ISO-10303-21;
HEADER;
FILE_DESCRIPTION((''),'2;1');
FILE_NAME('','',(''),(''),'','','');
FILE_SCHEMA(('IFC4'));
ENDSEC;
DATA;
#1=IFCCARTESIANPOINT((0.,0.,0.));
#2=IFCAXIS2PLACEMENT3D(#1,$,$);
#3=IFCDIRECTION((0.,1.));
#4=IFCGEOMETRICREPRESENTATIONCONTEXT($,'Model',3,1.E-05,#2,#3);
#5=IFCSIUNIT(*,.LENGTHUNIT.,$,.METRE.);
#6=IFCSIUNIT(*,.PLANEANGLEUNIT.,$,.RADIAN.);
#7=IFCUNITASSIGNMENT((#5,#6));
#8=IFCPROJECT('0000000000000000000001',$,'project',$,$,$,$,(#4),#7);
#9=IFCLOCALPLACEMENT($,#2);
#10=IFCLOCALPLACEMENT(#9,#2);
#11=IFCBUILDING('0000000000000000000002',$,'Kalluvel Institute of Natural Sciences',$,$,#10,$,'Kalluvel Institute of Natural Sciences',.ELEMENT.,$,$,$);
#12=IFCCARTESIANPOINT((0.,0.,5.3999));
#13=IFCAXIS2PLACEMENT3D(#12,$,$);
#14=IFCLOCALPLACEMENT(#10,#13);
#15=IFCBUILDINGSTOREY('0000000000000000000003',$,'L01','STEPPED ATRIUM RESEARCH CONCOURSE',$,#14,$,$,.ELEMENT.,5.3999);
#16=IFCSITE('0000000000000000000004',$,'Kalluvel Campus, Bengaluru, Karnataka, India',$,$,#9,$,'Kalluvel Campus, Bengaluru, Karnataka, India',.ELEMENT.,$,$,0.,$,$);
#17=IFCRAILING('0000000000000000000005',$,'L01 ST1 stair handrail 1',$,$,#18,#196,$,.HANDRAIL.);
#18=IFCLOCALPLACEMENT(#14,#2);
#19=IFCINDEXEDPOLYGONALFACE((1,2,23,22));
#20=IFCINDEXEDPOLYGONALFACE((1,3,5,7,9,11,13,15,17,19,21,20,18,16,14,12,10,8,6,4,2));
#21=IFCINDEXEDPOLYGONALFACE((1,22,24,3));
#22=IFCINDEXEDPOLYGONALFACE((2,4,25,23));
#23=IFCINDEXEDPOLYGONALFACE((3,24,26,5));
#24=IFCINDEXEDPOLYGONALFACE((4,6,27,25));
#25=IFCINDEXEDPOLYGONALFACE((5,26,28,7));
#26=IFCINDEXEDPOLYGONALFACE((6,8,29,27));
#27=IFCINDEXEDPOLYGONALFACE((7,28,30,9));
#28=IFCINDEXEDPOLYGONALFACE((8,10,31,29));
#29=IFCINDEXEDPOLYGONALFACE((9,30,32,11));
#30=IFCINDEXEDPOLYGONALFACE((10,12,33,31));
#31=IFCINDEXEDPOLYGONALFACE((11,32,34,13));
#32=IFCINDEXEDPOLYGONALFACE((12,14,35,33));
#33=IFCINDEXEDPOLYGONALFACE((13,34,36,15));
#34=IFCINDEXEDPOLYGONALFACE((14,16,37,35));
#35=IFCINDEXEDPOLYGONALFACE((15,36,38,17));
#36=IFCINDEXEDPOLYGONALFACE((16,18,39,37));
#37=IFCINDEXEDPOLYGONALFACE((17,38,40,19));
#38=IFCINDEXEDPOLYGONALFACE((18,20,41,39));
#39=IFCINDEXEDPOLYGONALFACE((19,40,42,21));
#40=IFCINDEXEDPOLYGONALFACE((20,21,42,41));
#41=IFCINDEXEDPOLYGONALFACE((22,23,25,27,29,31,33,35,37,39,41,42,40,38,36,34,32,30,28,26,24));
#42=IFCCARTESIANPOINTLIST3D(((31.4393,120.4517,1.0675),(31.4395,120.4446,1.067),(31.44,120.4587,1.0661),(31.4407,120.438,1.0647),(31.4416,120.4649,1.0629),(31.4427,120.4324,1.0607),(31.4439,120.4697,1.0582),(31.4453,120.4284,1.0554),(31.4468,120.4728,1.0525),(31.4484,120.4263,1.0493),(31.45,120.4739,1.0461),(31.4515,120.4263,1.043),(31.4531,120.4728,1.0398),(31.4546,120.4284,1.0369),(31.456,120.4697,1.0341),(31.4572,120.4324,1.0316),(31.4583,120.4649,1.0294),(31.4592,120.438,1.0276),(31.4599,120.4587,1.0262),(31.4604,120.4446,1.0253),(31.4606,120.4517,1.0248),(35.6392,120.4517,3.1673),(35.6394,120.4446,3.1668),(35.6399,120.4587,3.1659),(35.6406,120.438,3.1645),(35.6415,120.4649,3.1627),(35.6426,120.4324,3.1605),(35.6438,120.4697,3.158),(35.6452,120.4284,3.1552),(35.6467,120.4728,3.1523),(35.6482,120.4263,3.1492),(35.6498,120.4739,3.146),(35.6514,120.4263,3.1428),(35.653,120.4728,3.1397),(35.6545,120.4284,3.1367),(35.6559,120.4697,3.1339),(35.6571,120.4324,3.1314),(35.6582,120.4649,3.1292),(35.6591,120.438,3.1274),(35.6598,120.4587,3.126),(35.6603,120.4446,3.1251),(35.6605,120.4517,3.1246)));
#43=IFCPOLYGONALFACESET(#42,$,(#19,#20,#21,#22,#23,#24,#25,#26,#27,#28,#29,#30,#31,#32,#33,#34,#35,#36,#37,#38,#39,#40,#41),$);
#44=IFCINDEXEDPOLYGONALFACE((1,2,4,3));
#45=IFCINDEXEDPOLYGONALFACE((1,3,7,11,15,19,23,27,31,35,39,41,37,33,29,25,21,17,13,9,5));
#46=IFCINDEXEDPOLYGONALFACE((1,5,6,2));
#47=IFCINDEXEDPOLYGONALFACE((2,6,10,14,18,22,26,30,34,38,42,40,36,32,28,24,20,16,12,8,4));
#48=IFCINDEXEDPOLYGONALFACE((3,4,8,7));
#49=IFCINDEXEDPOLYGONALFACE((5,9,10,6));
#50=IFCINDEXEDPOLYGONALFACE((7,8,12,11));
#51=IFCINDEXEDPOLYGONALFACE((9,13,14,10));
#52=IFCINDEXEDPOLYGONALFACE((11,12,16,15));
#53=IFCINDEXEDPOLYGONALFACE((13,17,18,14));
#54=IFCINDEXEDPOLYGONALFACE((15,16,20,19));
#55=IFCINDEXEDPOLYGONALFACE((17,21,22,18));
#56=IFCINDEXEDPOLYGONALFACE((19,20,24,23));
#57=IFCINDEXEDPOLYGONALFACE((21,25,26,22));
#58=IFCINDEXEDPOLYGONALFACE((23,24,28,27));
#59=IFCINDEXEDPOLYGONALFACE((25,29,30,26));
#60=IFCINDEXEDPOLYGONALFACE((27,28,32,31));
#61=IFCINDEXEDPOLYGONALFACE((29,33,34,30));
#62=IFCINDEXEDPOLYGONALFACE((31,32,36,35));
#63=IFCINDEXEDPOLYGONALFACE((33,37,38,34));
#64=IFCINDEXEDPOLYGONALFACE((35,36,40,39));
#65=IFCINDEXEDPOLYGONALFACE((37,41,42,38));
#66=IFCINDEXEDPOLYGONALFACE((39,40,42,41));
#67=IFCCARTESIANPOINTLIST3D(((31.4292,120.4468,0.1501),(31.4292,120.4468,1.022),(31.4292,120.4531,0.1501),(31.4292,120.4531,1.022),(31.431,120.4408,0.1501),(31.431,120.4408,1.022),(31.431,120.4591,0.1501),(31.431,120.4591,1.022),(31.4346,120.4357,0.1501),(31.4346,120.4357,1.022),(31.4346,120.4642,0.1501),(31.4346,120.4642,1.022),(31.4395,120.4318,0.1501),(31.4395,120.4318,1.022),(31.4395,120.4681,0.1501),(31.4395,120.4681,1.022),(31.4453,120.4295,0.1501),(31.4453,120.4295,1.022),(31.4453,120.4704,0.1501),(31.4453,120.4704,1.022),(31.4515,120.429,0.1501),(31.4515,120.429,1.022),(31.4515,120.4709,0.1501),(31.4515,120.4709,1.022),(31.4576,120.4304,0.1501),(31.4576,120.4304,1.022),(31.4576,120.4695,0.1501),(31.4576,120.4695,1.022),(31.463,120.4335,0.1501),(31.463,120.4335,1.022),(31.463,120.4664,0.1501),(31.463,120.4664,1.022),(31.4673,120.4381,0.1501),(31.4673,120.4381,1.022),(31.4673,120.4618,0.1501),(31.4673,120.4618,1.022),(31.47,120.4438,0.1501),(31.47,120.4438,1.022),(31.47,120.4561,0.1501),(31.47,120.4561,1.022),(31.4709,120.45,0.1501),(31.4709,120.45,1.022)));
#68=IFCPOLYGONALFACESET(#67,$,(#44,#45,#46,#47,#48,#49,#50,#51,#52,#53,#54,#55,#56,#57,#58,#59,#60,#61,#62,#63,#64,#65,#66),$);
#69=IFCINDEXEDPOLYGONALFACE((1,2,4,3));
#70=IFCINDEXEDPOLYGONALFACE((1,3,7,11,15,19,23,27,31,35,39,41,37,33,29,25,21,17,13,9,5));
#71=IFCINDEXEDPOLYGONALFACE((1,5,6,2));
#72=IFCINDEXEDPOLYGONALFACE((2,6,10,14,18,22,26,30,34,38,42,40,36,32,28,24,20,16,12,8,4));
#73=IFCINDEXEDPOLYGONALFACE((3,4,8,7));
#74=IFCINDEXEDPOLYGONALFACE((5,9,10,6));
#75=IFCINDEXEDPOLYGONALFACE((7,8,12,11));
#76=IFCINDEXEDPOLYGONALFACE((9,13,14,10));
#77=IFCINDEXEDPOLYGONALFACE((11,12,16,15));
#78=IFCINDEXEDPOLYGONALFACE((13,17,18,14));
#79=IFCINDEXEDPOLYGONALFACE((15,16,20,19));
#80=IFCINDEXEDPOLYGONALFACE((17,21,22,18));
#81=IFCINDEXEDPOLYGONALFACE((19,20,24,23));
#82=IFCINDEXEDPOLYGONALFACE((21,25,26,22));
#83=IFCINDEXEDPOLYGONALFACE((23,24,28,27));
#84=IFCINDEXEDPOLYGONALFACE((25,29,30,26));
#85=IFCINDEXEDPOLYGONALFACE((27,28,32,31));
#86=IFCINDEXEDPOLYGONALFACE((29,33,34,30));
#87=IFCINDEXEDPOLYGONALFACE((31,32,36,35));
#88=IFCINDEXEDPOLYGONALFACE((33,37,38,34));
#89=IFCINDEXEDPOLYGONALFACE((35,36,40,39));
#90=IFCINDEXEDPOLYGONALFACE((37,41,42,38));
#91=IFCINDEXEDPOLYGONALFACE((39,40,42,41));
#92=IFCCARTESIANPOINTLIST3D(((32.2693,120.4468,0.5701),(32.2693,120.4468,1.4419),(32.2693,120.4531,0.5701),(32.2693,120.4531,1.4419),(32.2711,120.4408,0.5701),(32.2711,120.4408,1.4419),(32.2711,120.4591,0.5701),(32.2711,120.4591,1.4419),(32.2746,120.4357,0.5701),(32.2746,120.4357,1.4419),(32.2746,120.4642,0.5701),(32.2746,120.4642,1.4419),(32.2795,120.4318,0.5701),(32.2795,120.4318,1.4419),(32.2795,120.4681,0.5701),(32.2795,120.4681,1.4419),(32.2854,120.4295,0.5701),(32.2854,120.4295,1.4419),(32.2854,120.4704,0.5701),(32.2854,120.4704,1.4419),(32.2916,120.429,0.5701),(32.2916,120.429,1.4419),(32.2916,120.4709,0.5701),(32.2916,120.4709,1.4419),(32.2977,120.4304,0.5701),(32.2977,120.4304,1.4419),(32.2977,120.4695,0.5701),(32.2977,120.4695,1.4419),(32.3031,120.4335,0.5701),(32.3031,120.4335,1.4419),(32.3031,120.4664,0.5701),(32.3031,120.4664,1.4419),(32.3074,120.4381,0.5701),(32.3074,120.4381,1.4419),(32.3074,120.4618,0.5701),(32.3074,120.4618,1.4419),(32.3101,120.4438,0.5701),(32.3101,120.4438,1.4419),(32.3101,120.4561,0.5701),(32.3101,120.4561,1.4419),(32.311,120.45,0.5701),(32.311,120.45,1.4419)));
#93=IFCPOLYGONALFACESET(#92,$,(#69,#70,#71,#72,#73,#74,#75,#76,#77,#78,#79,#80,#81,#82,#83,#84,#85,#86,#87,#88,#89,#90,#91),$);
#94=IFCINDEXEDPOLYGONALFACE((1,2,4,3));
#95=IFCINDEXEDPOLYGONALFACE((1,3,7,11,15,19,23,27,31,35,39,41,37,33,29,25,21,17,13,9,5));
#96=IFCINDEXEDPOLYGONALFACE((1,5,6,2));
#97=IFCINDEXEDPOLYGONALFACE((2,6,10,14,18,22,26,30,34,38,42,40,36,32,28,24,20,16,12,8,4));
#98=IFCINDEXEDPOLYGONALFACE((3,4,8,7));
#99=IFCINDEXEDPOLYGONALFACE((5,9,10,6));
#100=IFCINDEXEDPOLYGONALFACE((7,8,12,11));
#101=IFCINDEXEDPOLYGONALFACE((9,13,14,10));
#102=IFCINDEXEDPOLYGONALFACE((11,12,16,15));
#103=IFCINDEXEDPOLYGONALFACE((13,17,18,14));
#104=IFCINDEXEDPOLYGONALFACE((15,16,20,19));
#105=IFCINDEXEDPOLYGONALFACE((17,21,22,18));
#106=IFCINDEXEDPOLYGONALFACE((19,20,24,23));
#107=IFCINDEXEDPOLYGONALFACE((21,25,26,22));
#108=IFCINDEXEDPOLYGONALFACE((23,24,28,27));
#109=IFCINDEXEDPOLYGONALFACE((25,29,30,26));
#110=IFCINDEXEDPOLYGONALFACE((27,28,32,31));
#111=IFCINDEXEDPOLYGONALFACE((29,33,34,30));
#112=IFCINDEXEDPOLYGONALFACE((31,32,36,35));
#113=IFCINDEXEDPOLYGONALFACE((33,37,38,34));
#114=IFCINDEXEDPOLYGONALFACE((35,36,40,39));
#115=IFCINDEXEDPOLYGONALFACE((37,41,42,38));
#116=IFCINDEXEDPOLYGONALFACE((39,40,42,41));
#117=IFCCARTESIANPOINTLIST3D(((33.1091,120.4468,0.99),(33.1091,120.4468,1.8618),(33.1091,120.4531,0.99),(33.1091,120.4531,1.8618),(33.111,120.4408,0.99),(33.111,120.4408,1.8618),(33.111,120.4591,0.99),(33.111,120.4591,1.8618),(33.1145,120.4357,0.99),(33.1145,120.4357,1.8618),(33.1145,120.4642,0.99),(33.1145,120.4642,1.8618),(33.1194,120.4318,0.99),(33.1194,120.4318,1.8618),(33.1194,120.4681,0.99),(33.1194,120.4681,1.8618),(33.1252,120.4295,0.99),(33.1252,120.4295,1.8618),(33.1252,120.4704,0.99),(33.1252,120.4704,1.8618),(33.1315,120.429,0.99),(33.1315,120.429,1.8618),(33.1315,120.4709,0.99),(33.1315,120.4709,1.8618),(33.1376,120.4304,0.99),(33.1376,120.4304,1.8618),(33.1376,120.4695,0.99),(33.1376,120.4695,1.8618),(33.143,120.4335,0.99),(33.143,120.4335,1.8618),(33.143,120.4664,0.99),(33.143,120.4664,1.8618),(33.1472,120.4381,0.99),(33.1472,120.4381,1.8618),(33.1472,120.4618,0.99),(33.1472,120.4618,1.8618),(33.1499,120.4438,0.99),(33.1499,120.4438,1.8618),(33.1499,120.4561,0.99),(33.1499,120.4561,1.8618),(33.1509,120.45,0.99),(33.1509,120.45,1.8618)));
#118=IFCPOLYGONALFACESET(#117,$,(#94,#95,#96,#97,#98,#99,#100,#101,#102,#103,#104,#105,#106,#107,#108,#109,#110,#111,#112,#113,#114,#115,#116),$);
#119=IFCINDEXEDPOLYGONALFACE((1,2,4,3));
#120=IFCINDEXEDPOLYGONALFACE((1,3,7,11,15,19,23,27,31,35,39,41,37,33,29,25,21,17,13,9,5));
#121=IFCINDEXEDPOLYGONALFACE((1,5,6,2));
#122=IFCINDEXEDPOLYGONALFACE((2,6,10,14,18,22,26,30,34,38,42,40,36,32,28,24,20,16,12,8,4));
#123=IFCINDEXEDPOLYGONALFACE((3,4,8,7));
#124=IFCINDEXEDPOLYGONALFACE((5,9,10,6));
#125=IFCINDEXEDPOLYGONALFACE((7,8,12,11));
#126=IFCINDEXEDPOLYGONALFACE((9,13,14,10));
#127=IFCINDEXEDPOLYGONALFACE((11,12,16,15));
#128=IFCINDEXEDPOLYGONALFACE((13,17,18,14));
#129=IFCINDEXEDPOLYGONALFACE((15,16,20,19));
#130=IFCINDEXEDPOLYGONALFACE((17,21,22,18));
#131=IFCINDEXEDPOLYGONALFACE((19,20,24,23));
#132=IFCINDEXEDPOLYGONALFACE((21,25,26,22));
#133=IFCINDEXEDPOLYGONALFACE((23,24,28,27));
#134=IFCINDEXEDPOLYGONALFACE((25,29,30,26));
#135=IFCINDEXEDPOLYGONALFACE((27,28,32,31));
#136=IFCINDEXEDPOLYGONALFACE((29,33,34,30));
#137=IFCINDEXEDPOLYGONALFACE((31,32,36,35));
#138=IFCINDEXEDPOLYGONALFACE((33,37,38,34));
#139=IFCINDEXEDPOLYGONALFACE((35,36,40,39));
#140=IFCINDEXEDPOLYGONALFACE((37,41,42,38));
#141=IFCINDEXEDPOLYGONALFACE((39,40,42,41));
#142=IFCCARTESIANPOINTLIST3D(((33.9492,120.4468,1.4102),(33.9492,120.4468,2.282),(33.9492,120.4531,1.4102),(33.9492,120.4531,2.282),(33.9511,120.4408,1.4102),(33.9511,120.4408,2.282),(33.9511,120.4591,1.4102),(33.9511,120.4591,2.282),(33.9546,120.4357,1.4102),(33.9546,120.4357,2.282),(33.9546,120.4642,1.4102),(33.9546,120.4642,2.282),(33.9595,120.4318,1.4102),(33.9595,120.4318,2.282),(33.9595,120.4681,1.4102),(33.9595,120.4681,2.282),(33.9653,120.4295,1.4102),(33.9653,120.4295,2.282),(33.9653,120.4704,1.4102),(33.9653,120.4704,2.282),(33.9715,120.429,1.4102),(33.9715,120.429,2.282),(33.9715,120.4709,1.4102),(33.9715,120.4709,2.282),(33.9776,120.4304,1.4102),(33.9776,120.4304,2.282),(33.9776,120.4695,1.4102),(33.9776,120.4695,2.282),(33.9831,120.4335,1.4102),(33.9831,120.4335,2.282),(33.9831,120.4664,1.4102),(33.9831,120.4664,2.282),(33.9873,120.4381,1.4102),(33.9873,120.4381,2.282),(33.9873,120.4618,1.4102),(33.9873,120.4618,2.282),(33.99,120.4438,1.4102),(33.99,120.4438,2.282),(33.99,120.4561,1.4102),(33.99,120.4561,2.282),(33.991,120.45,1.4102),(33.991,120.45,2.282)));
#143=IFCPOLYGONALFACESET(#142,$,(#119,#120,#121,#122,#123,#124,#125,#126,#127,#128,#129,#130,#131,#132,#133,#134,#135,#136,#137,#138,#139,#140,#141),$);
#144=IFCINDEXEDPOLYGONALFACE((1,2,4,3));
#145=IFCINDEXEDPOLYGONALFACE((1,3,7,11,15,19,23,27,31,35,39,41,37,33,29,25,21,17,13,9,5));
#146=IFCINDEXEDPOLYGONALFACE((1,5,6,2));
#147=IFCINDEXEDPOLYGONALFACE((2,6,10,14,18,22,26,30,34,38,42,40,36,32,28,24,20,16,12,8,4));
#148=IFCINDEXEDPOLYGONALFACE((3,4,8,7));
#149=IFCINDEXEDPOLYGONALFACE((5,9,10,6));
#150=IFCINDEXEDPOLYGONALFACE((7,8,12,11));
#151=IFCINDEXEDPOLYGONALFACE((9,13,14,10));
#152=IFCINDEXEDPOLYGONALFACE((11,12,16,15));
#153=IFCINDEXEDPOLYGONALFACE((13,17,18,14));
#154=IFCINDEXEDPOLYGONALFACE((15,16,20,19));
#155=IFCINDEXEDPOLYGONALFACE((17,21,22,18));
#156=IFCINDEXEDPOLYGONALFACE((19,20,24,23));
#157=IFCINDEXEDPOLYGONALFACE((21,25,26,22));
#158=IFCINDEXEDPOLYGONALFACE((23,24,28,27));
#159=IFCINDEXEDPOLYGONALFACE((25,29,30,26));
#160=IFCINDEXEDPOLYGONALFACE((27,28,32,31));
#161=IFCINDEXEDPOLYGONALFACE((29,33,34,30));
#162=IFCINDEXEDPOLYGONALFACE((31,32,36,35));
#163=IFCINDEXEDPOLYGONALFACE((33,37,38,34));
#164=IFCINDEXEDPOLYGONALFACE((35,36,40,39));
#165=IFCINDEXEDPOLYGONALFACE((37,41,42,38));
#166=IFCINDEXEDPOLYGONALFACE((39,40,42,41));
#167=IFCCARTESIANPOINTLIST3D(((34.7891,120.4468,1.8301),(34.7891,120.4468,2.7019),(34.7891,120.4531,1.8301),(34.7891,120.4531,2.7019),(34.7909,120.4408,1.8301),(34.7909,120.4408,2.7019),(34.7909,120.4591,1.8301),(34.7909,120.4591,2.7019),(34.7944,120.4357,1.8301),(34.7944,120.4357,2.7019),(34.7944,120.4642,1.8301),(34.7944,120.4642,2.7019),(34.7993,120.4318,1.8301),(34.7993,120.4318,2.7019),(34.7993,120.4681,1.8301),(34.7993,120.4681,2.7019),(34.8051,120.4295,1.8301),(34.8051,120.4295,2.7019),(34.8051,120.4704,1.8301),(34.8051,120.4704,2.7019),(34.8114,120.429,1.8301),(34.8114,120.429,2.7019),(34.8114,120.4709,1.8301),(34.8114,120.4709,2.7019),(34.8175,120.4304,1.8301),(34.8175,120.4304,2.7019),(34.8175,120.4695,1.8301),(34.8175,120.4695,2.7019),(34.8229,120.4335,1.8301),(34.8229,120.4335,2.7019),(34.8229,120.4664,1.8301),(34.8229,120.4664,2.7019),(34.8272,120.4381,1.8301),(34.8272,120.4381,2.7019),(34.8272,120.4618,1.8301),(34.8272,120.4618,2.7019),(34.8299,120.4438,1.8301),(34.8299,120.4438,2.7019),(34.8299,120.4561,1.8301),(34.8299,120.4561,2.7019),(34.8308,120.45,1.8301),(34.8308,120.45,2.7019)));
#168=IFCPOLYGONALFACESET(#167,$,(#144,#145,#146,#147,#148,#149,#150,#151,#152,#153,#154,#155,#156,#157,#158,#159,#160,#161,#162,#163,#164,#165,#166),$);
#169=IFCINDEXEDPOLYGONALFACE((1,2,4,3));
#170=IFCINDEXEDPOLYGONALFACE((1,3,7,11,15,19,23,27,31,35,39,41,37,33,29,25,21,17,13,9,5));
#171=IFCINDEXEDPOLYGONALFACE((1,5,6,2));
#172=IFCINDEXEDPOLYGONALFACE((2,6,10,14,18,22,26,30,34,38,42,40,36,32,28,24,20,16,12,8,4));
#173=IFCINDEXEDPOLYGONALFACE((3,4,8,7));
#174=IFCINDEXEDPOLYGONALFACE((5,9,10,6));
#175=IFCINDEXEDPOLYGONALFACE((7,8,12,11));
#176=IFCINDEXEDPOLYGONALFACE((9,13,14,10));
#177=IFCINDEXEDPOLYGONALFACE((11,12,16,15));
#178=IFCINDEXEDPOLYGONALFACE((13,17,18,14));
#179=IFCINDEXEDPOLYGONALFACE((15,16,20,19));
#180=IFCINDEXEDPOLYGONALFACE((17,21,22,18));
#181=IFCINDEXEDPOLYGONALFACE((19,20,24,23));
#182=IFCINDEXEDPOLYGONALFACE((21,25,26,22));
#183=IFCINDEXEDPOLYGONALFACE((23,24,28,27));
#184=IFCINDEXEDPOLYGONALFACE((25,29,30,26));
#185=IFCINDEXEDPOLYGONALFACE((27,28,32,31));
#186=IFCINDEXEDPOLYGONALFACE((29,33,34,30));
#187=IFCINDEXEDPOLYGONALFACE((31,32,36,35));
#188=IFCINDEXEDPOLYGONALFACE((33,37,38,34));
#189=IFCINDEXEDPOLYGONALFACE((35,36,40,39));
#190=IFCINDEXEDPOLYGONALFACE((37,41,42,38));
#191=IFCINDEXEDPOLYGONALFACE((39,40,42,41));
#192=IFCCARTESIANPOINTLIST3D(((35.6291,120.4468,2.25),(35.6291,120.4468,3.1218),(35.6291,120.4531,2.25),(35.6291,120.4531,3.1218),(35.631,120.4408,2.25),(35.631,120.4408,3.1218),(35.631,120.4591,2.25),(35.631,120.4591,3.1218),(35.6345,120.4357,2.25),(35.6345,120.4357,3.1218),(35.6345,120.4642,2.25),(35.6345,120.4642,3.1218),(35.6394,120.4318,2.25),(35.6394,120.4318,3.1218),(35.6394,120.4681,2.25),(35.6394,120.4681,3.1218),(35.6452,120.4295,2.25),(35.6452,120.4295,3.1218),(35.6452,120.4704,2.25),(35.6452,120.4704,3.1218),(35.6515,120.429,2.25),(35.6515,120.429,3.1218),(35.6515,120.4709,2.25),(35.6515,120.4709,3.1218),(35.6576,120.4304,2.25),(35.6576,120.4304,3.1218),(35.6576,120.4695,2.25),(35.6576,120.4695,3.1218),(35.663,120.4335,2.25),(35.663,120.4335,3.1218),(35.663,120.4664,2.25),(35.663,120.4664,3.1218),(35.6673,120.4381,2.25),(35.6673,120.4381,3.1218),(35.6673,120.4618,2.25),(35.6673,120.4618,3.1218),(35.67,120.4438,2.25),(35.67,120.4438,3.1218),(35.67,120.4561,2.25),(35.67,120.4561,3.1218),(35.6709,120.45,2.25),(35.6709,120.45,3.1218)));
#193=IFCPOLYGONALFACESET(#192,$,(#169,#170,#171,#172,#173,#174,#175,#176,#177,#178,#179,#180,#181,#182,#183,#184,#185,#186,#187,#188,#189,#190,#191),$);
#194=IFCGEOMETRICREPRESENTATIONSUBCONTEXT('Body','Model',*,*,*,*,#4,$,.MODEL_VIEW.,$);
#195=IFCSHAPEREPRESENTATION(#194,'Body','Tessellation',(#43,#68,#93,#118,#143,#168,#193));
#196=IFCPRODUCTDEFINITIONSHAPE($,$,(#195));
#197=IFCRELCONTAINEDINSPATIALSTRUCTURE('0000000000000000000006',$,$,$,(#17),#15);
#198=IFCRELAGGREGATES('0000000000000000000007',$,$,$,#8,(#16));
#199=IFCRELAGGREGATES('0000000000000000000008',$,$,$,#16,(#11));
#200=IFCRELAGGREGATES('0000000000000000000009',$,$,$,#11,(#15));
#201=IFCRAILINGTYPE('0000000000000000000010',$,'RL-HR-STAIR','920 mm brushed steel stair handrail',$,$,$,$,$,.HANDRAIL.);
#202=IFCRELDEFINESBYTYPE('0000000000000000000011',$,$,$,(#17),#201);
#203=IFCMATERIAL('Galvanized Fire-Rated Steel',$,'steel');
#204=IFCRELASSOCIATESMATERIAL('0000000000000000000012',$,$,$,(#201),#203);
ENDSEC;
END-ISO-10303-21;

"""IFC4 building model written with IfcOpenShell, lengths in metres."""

from ifc_helpers import new_model, si_unit, direction, frame, origin, origin_2d, place, context, subcontext, project, spatial, circle, extrude, material, type_object, element, save


model = new_model("IFC4")

# Units and contexts
model_context = context("Model", 3, precision=1e-05, world=origin(), true_north=direction((0.0, 1.0)))
body_context = subcontext(model_context, "Body", "Model", "MODEL_VIEW")
ifc_project = project(units=[si_unit("LENGTHUNIT", "METRE"), si_unit("PLANEANGLEUNIT", "RADIAN")], contexts=[model_context])

# Site, building, storey
site_placement = place(None, origin())
site = spatial("IfcSite", under=ifc_project, at=site_placement, Name="Kalluvel Campus, Bengaluru, Karnataka, India", LongName="Kalluvel Campus, Bengaluru, Karnataka, India", CompositionType="ELEMENT", RefElevation=0.0)
building_placement = place(site_placement, origin())
building = spatial("IfcBuilding", under=site, at=building_placement, Name="Kalluvel Institute of Natural Sciences", LongName="Kalluvel Institute of Natural Sciences", CompositionType="ELEMENT")
storey_placement = place(building_placement, frame((0.0, 0.0, 5.3999)))
storey = spatial("IfcBuildingStorey", under=building, at=storey_placement, Name="L01", Description="STEPPED ATRIUM RESEARCH CONCOURSE", CompositionType="ELEMENT", Elevation=5.3999)

# Shared definitions
ifc_material_1 = material(Name="Galvanized Fire-Rated Steel", Category="steel")

# Railing
railing_type_1 = type_object("IfcRailingType", Name="RL-HR-STAIR", Description="920 mm brushed steel stair handrail", PredefinedType="HANDRAIL", material=ifc_material_1)
railing_1_placement = place(storey_placement, frame((31.45, 120.45, 0.1501)))
element("IfcRailing", 1, at=railing_1_placement, inside=storey, type_object=railing_type_1, Name="L01 ST1 stair handrail 1", PredefinedType="HANDRAIL", context=body_context, shape_type="SweptSolid", body=[
    extrude(circle(Radius=0.0239, at=origin_2d()), frame((0.0, 0.0, 0.896), z_axis=(0.894438, 0.0, 0.447193), x_axis=(0.0, 1.0, 0.0)), (0.0, 0.0, 1.0), 4.6956),
    extrude(circle(Radius=0.021, at=origin_2d()), origin(), (0.0, 0.0, 1.0), 0.8718),
    extrude(circle(Radius=0.021, at=origin_2d()), frame((0.8401, 0.0, 0.4199)), (0.0, 0.0, 1.0), 0.8718),
    extrude(circle(Radius=0.021, at=origin_2d()), frame((1.6799, 0.0, 0.8398)), (0.0, 0.0, 1.0), 0.8718),
    extrude(circle(Radius=0.021, at=origin_2d()), frame((2.52, 0.0, 1.26)), (0.0, 0.0, 1.0), 0.8718),
    extrude(circle(Radius=0.021, at=origin_2d()), frame((3.3599, 0.0, 1.6799)), (0.0, 0.0, 1.0), 0.8718),
    extrude(circle(Radius=0.021, at=origin_2d()), frame((4.2, 0.0, 2.0999)), (0.0, 0.0, 1.0), 0.8718),
])

save(model, "model.ifc")
